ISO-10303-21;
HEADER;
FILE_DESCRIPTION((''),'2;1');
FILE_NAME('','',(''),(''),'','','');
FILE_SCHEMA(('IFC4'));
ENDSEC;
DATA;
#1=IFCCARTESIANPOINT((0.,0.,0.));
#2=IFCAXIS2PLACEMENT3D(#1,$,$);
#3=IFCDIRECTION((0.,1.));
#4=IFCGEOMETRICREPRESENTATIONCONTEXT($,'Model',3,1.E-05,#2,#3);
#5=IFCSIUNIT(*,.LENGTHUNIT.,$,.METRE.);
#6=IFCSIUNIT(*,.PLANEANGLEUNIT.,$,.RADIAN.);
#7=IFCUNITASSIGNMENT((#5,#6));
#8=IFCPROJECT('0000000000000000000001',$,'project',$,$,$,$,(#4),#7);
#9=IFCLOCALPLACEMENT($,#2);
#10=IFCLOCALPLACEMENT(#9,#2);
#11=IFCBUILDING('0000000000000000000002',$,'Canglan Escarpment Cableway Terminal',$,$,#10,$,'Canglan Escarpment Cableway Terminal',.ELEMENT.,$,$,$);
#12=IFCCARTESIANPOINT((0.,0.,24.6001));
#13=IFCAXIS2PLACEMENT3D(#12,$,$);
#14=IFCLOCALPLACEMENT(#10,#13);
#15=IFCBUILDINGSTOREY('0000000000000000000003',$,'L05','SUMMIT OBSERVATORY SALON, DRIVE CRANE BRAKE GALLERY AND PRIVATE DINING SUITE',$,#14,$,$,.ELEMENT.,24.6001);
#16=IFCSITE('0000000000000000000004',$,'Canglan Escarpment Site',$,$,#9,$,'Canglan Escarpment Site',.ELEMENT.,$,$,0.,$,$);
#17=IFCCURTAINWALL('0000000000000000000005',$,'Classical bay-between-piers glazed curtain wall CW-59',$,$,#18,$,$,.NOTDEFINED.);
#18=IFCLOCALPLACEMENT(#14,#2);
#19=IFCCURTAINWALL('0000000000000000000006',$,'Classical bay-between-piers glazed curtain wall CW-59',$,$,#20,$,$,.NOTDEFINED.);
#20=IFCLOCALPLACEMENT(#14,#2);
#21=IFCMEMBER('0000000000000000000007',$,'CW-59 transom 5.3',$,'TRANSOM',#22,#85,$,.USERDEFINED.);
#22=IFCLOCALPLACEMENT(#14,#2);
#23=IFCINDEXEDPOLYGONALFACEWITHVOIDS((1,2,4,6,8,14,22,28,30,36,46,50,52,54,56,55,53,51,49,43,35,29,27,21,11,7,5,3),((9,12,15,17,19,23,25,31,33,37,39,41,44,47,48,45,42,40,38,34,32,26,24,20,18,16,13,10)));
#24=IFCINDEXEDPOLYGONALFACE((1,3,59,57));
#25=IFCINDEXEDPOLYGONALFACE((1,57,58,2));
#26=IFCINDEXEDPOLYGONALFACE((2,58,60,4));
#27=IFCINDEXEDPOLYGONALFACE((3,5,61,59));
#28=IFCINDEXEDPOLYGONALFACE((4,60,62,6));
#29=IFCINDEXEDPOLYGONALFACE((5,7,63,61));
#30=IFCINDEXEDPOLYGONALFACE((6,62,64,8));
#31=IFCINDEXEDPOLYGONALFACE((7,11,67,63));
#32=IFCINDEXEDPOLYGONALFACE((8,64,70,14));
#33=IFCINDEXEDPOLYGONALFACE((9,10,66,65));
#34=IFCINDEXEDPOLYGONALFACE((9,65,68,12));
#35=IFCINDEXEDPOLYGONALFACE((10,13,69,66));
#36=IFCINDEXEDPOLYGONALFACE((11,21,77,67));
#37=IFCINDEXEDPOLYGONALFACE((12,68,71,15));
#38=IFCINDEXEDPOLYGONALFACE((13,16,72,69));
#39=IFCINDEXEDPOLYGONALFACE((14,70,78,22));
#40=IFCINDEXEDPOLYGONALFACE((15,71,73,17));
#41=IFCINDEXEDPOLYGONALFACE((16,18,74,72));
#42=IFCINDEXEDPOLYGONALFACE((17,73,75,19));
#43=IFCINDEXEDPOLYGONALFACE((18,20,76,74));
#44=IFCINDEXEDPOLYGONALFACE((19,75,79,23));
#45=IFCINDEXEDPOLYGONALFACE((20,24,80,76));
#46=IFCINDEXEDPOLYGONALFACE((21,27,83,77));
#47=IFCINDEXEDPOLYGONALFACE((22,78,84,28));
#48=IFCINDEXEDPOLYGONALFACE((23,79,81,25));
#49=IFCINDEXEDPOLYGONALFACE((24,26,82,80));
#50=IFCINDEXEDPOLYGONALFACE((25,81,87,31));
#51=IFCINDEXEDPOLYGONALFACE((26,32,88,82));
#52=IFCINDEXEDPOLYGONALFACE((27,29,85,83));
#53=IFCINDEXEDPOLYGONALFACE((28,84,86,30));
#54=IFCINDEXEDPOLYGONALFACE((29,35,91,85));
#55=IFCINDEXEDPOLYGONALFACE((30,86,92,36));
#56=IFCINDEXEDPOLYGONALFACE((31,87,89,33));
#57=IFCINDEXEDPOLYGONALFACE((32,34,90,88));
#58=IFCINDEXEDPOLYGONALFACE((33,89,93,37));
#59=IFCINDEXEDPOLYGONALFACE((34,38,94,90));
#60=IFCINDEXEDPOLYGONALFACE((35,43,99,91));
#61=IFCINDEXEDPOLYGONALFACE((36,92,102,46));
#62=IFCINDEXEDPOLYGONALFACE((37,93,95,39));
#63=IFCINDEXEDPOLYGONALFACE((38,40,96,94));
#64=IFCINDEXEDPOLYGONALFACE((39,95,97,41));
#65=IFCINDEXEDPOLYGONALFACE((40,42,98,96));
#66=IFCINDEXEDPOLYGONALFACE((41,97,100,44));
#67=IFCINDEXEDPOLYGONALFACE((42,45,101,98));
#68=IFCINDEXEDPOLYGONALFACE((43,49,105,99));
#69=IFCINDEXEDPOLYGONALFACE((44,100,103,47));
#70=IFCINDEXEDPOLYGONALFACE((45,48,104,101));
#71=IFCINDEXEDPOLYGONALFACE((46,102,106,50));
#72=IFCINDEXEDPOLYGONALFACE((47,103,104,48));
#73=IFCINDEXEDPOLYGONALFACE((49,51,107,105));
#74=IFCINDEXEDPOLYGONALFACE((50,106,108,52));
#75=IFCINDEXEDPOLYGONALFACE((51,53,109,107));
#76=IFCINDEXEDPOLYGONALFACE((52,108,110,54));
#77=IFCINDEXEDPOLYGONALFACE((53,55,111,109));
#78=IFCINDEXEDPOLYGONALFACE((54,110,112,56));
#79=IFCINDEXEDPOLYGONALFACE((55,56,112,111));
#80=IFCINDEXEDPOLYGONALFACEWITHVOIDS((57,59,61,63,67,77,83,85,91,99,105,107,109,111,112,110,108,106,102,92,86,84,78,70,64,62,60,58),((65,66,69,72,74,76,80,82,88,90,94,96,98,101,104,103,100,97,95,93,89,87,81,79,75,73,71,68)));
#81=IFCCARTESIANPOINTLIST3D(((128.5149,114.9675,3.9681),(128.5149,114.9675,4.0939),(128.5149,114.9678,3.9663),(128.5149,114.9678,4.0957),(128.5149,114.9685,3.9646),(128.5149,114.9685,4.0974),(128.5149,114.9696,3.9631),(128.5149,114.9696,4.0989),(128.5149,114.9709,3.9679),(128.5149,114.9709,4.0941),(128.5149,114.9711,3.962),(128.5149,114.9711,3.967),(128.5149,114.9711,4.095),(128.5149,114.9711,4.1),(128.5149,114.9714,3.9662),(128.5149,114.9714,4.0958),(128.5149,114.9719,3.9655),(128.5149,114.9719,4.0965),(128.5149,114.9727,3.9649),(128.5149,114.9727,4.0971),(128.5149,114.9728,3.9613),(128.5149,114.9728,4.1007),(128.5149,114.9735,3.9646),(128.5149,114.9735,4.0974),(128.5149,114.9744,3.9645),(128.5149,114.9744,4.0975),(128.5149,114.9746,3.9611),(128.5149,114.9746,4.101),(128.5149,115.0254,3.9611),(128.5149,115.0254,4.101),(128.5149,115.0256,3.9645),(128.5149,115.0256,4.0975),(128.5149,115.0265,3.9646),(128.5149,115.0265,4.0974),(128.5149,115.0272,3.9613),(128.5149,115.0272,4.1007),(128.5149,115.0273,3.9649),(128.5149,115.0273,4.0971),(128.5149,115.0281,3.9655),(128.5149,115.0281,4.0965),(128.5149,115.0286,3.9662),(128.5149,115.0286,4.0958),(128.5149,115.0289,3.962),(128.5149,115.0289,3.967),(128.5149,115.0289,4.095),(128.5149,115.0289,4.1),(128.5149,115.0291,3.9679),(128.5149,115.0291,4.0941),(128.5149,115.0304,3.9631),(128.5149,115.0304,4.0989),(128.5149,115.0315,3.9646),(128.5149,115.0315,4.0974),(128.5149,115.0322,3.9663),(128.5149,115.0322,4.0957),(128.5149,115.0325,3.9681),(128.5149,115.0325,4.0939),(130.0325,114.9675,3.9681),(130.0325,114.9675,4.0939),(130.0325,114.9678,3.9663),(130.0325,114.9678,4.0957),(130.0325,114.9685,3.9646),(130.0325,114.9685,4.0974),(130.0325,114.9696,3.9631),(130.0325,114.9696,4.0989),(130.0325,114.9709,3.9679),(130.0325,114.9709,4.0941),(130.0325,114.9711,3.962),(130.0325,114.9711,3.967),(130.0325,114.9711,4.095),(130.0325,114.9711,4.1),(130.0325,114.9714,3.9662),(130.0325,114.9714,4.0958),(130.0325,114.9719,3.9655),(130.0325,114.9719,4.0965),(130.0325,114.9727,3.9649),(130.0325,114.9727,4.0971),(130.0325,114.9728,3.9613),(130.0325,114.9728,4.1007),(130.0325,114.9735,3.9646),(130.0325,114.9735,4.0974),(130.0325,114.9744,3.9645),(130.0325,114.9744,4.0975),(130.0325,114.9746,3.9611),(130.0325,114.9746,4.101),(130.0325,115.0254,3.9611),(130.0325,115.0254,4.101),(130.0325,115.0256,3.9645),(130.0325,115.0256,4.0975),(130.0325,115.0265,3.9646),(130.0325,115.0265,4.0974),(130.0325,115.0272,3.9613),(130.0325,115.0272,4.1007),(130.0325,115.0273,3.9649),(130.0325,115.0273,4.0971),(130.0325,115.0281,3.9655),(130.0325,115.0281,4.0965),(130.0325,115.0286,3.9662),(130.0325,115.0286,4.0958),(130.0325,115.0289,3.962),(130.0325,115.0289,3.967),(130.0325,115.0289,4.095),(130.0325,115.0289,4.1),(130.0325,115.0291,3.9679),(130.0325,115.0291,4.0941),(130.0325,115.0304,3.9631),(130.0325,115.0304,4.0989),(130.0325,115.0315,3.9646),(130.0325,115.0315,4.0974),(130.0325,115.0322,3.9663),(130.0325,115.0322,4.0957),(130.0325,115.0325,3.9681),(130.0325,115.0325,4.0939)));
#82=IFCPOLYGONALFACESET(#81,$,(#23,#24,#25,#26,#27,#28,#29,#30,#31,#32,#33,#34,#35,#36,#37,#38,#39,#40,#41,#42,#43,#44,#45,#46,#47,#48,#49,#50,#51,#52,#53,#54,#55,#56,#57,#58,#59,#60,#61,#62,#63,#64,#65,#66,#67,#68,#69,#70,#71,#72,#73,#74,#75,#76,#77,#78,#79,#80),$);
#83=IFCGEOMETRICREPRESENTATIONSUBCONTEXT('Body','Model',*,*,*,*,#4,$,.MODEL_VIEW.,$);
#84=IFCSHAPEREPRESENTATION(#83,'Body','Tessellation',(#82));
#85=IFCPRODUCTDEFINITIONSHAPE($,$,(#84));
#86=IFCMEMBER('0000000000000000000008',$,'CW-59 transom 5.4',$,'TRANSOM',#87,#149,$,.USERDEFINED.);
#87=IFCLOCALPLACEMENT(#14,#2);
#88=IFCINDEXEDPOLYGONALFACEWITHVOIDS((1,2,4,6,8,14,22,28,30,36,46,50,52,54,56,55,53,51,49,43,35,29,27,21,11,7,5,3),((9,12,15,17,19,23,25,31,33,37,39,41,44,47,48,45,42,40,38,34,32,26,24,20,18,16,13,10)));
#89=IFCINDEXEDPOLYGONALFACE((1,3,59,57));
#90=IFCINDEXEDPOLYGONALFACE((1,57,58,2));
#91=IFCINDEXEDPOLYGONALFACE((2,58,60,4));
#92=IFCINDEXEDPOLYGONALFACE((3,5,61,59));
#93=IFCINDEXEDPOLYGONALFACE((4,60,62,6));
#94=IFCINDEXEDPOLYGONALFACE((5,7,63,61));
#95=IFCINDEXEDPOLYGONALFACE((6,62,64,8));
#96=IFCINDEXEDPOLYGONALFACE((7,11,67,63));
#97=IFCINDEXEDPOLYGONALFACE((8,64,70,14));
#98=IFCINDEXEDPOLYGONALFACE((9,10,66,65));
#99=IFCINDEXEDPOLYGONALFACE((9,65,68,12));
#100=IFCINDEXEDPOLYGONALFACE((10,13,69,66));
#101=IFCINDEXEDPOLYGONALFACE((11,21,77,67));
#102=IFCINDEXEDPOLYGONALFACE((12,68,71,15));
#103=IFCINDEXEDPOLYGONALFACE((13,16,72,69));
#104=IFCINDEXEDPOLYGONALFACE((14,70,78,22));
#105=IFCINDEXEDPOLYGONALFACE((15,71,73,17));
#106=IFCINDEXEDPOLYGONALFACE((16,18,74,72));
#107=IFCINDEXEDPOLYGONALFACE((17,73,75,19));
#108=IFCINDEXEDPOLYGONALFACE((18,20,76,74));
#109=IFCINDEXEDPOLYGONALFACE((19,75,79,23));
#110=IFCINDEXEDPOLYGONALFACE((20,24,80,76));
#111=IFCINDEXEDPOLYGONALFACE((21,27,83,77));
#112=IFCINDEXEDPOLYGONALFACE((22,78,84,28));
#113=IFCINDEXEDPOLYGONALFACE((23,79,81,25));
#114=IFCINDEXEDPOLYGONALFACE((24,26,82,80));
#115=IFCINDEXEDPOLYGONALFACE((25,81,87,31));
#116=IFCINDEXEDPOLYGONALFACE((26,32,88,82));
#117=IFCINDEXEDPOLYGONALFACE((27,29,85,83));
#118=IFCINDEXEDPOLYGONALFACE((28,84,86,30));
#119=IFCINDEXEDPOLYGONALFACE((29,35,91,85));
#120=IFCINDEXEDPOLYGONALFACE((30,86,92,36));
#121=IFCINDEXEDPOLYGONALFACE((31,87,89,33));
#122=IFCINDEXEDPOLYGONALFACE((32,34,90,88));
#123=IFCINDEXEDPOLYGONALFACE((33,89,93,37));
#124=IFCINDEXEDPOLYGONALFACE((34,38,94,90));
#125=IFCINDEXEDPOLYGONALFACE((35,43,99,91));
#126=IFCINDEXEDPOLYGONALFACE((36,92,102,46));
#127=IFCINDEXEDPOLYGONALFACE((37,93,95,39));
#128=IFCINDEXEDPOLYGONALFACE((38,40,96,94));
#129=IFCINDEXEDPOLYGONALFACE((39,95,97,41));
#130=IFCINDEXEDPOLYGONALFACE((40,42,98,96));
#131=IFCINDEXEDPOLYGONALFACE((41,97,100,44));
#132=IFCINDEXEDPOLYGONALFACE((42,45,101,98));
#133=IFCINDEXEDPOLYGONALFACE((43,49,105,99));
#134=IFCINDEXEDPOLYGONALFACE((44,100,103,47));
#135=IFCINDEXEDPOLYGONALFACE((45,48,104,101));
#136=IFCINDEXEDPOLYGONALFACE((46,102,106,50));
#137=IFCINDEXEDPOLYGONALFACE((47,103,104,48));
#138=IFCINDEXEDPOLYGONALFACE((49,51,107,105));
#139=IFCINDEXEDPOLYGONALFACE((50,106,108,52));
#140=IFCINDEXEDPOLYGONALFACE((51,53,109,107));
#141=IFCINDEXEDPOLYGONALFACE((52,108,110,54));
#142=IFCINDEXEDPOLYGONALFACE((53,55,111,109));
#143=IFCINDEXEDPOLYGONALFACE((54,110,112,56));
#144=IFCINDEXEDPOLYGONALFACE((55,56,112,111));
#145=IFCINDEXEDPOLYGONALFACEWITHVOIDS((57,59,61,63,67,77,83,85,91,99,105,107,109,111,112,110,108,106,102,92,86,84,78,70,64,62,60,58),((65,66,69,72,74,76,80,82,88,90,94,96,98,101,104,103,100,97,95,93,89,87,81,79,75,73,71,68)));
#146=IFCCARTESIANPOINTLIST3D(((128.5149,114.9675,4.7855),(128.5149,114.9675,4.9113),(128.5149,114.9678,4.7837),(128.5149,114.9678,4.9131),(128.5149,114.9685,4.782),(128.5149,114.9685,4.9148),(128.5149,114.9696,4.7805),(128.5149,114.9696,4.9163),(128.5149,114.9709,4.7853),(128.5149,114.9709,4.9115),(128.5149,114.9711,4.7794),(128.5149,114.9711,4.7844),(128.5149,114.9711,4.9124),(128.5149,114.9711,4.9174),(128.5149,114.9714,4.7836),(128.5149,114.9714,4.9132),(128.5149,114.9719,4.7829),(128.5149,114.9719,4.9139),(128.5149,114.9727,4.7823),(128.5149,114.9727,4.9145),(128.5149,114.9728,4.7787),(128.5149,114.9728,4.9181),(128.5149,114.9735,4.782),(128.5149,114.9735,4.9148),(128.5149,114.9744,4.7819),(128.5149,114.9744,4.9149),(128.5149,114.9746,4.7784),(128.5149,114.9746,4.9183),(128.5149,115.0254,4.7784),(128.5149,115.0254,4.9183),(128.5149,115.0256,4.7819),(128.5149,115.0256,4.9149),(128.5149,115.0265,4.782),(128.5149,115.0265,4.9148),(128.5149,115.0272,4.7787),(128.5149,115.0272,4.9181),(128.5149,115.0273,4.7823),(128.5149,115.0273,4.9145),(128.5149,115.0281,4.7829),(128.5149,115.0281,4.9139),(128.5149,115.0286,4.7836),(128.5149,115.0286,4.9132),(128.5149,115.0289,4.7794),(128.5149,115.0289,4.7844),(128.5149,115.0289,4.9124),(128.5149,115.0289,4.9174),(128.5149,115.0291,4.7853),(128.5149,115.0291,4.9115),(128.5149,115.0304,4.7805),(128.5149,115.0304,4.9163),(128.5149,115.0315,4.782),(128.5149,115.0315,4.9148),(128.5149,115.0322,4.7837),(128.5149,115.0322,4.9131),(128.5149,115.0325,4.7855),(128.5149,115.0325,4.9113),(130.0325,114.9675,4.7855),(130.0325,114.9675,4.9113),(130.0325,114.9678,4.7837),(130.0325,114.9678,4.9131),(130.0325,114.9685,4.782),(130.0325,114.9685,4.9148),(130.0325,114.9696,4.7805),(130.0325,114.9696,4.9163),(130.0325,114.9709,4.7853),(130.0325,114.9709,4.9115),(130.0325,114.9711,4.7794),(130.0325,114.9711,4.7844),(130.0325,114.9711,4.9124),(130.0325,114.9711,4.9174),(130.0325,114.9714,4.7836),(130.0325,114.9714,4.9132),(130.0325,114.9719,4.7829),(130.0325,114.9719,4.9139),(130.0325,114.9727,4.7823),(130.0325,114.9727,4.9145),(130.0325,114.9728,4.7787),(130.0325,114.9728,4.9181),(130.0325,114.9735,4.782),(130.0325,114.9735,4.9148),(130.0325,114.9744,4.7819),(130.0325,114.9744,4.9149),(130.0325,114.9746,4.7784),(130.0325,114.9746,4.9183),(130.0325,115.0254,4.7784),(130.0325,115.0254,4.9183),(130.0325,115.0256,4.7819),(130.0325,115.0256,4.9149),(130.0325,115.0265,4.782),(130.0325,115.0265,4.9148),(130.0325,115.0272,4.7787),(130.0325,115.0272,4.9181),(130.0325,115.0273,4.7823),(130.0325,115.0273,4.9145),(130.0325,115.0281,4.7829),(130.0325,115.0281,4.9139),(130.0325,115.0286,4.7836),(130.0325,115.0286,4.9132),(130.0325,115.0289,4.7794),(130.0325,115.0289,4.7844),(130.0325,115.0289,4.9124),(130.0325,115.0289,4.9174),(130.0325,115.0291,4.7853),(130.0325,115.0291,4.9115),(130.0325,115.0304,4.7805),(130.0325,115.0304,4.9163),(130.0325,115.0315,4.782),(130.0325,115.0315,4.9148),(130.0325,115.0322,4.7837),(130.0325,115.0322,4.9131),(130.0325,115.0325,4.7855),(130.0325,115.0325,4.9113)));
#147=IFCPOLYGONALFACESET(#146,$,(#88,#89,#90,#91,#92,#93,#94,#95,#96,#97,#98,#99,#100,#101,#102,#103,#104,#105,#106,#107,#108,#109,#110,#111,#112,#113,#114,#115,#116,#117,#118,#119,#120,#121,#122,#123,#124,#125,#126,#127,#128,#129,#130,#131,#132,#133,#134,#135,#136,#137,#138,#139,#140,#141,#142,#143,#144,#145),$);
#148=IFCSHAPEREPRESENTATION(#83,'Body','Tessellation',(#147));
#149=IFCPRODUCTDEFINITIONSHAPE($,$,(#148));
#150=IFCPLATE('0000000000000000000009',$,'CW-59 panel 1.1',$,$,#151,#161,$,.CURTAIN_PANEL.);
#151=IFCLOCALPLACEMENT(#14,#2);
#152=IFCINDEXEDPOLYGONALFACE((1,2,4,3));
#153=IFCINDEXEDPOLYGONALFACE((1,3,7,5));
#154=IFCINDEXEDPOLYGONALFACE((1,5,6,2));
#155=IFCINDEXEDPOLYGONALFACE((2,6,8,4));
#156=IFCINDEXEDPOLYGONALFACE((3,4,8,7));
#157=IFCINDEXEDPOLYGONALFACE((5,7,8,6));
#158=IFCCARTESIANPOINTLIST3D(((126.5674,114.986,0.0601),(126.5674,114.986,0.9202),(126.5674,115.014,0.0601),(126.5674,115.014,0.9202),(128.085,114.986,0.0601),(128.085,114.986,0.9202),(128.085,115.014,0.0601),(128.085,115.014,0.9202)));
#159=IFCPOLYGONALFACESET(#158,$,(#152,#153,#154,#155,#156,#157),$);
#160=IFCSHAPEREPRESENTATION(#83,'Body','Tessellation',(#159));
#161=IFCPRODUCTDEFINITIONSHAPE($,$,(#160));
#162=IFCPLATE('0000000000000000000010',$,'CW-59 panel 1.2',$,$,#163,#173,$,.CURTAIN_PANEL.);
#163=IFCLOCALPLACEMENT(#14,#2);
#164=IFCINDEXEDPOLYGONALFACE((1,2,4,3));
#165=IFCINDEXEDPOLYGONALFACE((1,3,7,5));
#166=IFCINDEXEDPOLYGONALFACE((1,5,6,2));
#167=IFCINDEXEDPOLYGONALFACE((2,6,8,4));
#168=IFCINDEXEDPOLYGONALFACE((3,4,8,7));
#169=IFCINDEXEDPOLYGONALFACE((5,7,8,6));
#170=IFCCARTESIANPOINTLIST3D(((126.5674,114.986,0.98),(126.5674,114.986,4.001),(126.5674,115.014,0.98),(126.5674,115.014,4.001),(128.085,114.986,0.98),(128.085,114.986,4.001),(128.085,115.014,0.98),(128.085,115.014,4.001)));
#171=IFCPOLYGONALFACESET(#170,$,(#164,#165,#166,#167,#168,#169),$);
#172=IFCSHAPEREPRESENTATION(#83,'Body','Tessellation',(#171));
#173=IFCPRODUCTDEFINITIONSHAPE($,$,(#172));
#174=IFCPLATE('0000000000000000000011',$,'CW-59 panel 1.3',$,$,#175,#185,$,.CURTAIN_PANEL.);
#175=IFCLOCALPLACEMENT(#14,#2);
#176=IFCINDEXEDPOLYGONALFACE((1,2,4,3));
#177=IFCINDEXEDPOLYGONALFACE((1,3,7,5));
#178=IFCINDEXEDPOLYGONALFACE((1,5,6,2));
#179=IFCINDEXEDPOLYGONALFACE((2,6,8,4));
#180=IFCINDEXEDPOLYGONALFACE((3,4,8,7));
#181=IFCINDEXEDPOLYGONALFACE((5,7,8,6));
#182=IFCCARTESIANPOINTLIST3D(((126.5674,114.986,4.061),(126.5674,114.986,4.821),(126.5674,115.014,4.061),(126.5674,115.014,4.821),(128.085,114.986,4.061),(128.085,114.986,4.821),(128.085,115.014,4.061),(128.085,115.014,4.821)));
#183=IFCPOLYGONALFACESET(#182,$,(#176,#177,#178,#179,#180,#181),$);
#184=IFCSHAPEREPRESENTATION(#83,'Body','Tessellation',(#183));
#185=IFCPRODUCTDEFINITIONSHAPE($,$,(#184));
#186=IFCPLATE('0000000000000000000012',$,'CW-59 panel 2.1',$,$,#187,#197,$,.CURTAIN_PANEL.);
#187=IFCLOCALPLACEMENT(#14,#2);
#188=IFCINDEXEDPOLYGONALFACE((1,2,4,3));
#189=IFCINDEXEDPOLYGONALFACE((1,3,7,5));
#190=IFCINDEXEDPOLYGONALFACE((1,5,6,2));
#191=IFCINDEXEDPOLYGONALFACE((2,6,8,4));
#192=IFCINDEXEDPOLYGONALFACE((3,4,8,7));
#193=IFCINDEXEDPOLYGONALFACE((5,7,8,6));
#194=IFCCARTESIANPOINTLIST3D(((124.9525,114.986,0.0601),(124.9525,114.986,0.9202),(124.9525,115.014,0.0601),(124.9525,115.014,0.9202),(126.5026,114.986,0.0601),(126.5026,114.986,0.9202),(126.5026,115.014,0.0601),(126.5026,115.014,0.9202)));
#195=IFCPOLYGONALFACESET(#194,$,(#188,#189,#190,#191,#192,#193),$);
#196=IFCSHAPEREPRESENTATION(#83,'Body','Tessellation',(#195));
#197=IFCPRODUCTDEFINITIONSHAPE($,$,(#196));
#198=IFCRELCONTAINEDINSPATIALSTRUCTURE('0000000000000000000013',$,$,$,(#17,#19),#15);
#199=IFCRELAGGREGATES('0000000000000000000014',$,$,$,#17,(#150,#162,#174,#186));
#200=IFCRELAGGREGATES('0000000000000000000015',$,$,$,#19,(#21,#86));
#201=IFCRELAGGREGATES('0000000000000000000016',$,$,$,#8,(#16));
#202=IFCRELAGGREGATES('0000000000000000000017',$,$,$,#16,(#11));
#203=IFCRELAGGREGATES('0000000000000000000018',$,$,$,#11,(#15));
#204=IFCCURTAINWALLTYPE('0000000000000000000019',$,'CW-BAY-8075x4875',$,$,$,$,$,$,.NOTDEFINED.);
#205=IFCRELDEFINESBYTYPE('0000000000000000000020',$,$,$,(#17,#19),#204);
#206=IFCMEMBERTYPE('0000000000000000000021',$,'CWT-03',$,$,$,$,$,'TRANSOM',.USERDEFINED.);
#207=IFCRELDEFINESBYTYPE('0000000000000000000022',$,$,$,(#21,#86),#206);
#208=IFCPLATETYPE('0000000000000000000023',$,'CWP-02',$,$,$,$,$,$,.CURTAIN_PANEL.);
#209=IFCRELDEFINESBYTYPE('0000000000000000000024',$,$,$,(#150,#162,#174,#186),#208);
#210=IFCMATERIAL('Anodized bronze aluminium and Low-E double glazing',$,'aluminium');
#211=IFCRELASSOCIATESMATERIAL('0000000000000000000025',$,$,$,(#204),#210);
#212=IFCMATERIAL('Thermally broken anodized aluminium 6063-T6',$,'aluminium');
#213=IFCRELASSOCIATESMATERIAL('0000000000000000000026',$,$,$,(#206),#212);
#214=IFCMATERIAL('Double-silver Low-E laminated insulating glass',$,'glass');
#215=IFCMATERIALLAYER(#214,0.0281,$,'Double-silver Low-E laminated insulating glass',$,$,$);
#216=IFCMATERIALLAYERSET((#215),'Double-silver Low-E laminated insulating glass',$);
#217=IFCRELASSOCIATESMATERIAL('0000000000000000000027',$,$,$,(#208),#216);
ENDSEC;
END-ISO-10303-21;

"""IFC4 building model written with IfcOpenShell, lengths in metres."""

from ifc_helpers import new_model, si_unit, direction, frame, origin, origin_2d, place, context, subcontext, project, spatial, rectangle, hollow_rectangle, extrude, material, layer, layer_set, material_profile, profile_set, type_object, element, aggregate, save


model = new_model("IFC4")

# Units and contexts
model_context = context("Model", 3, precision=1e-05, world=origin(), true_north=direction((0.0, 1.0)))
body_context = subcontext(model_context, "Body", "Model", "MODEL_VIEW")
ifc_project = project(units=[si_unit("LENGTHUNIT", "METRE"), si_unit("PLANEANGLEUNIT", "RADIAN")], contexts=[model_context])

# Site, building, storey
site_placement = place(None, origin())
site = spatial("IfcSite", under=ifc_project, at=site_placement, Name="Canglan Escarpment Site", LongName="Canglan Escarpment Site", CompositionType="ELEMENT", RefElevation=0.0)
building_placement = place(site_placement, origin())
building = spatial("IfcBuilding", under=site, at=building_placement, Name="Canglan Escarpment Cableway Terminal", LongName="Canglan Escarpment Cableway Terminal", CompositionType="ELEMENT")
storey_placement = place(building_placement, frame((0.0, 0.0, 24.6001)))
storey = spatial("IfcBuildingStorey", under=building, at=storey_placement, Name="L05", Description="SUMMIT OBSERVATORY SALON, DRIVE CRANE BRAKE GALLERY AND PRIVATE DINING SUITE", CompositionType="ELEMENT", Elevation=24.6001)

# Curtain walls
ifc_material_1 = material(Name="Anodized bronze aluminium and Low-E double glazing", Category="aluminium")
curtain_wall_type = type_object("IfcCurtainWallType", Name="CW-BAY-8075x4875", PredefinedType="NOTDEFINED", material=ifc_material_1)
curtain_wall_1_placement = place(storey_placement, origin())
curtain_wall_1 = element("IfcCurtainWall", 1, at=curtain_wall_1_placement, inside=storey, type_object=curtain_wall_type, Name="Classical bay-between-piers glazed curtain wall CW-59", PredefinedType="NOTDEFINED")
ifc_material_2 = material(Name="Thermally broken anodized aluminium 6063-T6", Category="aluminium")
curtain_wall_2_placement = place(storey_placement, origin())
curtain_wall_2 = element("IfcCurtainWall", 2, at=curtain_wall_2_placement, inside=storey, type_object=curtain_wall_type, Name="Classical bay-between-piers glazed curtain wall CW-59", PredefinedType="NOTDEFINED")

# Members
ifc_material_profile_1 = material_profile(ifc_material_2, hollow_rectangle(XDim=0.0649, YDim=0.1399, WallThickness=0.0034, InnerFilletRadius=0.0034, OuterFilletRadius=0.0071, at=origin_2d()), Name="ALU-TRAN 65x140x3.5")
ifc_profile_set_1 = profile_set([ifc_material_profile_1], Name="Thermally broken anodized aluminium 6063-T6")
member_type_1 = type_object("IfcMemberType", Name="CWT-03", ElementType="TRANSOM", PredefinedType="USERDEFINED", material=ifc_profile_set_1)
member_1_placement = place(storey_placement, frame((130.0325, 115.0, 4.031), z_axis=(-1.0, 0.0, 0.0), x_axis=(0.0, -1.0, 0.0)))
member_1 = element("IfcMember", 3, at=member_1_placement, type_object=member_type_1, Name="CW-59 transom 5.3", ObjectType="TRANSOM", PredefinedType="USERDEFINED", context=body_context, shape_type="SweptSolid", body=[
    extrude(hollow_rectangle(XDim=0.0649, YDim=0.1399, WallThickness=0.0034, InnerFilletRadius=0.0034, OuterFilletRadius=0.0071, at=origin_2d()), origin(), (0.0, 0.0, 1.0), 1.5176),
])
member_2_placement = place(storey_placement, frame((130.0325, 115.0, 4.8484), z_axis=(-1.0, 0.0, 0.0), x_axis=(0.0, -1.0, 0.0)))
member_2 = element("IfcMember", 4, at=member_2_placement, type_object=member_type_1, Name="CW-59 transom 5.4", ObjectType="TRANSOM", PredefinedType="USERDEFINED", context=body_context, shape_type="SweptSolid", body=[
    extrude(hollow_rectangle(XDim=0.0649, YDim=0.1399, WallThickness=0.0034, InnerFilletRadius=0.0034, OuterFilletRadius=0.0071, at=origin_2d()), origin(), (0.0, 0.0, 1.0), 1.5176),
])

# Plates
ifc_material_3 = material(Name="Double-silver Low-E laminated insulating glass", Category="glass")
ifc_layer_1 = layer(ifc_material_3, 0.0281, Name="Double-silver Low-E laminated insulating glass")
ifc_layer_set_1 = layer_set([ifc_layer_1], Name="Double-silver Low-E laminated insulating glass")
plate_type_1 = type_object("IfcPlateType", Name="CWP-02", PredefinedType="CURTAIN_PANEL", material=ifc_layer_set_1)
plate_1_placement = place(storey_placement, frame((127.3262, 115.0, 0.0601), z_axis=(0.0, 0.0, 1.0), x_axis=(-1.0, 0.0, 0.0)))
plate_1 = element("IfcPlate", 5, at=plate_1_placement, type_object=plate_type_1, Name="CW-59 panel 1.1", PredefinedType="CURTAIN_PANEL", context=body_context, shape_type="SweptSolid", body=[
    extrude(rectangle(XDim=1.5176, YDim=0.0281, at=origin_2d()), origin(), (0.0, 0.0, 1.0), 0.8601),
])
plate_2_placement = place(storey_placement, frame((127.3262, 115.0, 0.98), z_axis=(0.0, 0.0, 1.0), x_axis=(-1.0, 0.0, 0.0)))
plate_2 = element("IfcPlate", 6, at=plate_2_placement, type_object=plate_type_1, Name="CW-59 panel 1.2", PredefinedType="CURTAIN_PANEL", context=body_context, shape_type="SweptSolid", body=[
    extrude(rectangle(XDim=1.5176, YDim=0.0281, at=origin_2d()), origin(), (0.0, 0.0, 1.0), 3.021),
])
plate_3_placement = place(storey_placement, frame((127.3262, 115.0, 4.061), z_axis=(0.0, 0.0, 1.0), x_axis=(-1.0, 0.0, 0.0)))
plate_3 = element("IfcPlate", 7, at=plate_3_placement, type_object=plate_type_1, Name="CW-59 panel 1.3", PredefinedType="CURTAIN_PANEL", context=body_context, shape_type="SweptSolid", body=[
    extrude(rectangle(XDim=1.5176, YDim=0.0281, at=origin_2d()), origin(), (0.0, 0.0, 1.0), 0.76),
])
plate_4_placement = place(storey_placement, frame((125.7275, 115.0, 0.0601), z_axis=(0.0, 0.0, 1.0), x_axis=(-1.0, 0.0, 0.0)))
plate_4 = element("IfcPlate", 8, at=plate_4_placement, type_object=plate_type_1, Name="CW-59 panel 2.1", PredefinedType="CURTAIN_PANEL", context=body_context, shape_type="SweptSolid", body=[
    extrude(rectangle(XDim=1.55, YDim=0.0281, at=origin_2d()), origin(), (0.0, 0.0, 1.0), 0.8601),
])
aggregate(curtain_wall_1, [plate_1, plate_2, plate_3, plate_4])
aggregate(curtain_wall_2, [member_1, member_2])

save(model, "model.ifc")
